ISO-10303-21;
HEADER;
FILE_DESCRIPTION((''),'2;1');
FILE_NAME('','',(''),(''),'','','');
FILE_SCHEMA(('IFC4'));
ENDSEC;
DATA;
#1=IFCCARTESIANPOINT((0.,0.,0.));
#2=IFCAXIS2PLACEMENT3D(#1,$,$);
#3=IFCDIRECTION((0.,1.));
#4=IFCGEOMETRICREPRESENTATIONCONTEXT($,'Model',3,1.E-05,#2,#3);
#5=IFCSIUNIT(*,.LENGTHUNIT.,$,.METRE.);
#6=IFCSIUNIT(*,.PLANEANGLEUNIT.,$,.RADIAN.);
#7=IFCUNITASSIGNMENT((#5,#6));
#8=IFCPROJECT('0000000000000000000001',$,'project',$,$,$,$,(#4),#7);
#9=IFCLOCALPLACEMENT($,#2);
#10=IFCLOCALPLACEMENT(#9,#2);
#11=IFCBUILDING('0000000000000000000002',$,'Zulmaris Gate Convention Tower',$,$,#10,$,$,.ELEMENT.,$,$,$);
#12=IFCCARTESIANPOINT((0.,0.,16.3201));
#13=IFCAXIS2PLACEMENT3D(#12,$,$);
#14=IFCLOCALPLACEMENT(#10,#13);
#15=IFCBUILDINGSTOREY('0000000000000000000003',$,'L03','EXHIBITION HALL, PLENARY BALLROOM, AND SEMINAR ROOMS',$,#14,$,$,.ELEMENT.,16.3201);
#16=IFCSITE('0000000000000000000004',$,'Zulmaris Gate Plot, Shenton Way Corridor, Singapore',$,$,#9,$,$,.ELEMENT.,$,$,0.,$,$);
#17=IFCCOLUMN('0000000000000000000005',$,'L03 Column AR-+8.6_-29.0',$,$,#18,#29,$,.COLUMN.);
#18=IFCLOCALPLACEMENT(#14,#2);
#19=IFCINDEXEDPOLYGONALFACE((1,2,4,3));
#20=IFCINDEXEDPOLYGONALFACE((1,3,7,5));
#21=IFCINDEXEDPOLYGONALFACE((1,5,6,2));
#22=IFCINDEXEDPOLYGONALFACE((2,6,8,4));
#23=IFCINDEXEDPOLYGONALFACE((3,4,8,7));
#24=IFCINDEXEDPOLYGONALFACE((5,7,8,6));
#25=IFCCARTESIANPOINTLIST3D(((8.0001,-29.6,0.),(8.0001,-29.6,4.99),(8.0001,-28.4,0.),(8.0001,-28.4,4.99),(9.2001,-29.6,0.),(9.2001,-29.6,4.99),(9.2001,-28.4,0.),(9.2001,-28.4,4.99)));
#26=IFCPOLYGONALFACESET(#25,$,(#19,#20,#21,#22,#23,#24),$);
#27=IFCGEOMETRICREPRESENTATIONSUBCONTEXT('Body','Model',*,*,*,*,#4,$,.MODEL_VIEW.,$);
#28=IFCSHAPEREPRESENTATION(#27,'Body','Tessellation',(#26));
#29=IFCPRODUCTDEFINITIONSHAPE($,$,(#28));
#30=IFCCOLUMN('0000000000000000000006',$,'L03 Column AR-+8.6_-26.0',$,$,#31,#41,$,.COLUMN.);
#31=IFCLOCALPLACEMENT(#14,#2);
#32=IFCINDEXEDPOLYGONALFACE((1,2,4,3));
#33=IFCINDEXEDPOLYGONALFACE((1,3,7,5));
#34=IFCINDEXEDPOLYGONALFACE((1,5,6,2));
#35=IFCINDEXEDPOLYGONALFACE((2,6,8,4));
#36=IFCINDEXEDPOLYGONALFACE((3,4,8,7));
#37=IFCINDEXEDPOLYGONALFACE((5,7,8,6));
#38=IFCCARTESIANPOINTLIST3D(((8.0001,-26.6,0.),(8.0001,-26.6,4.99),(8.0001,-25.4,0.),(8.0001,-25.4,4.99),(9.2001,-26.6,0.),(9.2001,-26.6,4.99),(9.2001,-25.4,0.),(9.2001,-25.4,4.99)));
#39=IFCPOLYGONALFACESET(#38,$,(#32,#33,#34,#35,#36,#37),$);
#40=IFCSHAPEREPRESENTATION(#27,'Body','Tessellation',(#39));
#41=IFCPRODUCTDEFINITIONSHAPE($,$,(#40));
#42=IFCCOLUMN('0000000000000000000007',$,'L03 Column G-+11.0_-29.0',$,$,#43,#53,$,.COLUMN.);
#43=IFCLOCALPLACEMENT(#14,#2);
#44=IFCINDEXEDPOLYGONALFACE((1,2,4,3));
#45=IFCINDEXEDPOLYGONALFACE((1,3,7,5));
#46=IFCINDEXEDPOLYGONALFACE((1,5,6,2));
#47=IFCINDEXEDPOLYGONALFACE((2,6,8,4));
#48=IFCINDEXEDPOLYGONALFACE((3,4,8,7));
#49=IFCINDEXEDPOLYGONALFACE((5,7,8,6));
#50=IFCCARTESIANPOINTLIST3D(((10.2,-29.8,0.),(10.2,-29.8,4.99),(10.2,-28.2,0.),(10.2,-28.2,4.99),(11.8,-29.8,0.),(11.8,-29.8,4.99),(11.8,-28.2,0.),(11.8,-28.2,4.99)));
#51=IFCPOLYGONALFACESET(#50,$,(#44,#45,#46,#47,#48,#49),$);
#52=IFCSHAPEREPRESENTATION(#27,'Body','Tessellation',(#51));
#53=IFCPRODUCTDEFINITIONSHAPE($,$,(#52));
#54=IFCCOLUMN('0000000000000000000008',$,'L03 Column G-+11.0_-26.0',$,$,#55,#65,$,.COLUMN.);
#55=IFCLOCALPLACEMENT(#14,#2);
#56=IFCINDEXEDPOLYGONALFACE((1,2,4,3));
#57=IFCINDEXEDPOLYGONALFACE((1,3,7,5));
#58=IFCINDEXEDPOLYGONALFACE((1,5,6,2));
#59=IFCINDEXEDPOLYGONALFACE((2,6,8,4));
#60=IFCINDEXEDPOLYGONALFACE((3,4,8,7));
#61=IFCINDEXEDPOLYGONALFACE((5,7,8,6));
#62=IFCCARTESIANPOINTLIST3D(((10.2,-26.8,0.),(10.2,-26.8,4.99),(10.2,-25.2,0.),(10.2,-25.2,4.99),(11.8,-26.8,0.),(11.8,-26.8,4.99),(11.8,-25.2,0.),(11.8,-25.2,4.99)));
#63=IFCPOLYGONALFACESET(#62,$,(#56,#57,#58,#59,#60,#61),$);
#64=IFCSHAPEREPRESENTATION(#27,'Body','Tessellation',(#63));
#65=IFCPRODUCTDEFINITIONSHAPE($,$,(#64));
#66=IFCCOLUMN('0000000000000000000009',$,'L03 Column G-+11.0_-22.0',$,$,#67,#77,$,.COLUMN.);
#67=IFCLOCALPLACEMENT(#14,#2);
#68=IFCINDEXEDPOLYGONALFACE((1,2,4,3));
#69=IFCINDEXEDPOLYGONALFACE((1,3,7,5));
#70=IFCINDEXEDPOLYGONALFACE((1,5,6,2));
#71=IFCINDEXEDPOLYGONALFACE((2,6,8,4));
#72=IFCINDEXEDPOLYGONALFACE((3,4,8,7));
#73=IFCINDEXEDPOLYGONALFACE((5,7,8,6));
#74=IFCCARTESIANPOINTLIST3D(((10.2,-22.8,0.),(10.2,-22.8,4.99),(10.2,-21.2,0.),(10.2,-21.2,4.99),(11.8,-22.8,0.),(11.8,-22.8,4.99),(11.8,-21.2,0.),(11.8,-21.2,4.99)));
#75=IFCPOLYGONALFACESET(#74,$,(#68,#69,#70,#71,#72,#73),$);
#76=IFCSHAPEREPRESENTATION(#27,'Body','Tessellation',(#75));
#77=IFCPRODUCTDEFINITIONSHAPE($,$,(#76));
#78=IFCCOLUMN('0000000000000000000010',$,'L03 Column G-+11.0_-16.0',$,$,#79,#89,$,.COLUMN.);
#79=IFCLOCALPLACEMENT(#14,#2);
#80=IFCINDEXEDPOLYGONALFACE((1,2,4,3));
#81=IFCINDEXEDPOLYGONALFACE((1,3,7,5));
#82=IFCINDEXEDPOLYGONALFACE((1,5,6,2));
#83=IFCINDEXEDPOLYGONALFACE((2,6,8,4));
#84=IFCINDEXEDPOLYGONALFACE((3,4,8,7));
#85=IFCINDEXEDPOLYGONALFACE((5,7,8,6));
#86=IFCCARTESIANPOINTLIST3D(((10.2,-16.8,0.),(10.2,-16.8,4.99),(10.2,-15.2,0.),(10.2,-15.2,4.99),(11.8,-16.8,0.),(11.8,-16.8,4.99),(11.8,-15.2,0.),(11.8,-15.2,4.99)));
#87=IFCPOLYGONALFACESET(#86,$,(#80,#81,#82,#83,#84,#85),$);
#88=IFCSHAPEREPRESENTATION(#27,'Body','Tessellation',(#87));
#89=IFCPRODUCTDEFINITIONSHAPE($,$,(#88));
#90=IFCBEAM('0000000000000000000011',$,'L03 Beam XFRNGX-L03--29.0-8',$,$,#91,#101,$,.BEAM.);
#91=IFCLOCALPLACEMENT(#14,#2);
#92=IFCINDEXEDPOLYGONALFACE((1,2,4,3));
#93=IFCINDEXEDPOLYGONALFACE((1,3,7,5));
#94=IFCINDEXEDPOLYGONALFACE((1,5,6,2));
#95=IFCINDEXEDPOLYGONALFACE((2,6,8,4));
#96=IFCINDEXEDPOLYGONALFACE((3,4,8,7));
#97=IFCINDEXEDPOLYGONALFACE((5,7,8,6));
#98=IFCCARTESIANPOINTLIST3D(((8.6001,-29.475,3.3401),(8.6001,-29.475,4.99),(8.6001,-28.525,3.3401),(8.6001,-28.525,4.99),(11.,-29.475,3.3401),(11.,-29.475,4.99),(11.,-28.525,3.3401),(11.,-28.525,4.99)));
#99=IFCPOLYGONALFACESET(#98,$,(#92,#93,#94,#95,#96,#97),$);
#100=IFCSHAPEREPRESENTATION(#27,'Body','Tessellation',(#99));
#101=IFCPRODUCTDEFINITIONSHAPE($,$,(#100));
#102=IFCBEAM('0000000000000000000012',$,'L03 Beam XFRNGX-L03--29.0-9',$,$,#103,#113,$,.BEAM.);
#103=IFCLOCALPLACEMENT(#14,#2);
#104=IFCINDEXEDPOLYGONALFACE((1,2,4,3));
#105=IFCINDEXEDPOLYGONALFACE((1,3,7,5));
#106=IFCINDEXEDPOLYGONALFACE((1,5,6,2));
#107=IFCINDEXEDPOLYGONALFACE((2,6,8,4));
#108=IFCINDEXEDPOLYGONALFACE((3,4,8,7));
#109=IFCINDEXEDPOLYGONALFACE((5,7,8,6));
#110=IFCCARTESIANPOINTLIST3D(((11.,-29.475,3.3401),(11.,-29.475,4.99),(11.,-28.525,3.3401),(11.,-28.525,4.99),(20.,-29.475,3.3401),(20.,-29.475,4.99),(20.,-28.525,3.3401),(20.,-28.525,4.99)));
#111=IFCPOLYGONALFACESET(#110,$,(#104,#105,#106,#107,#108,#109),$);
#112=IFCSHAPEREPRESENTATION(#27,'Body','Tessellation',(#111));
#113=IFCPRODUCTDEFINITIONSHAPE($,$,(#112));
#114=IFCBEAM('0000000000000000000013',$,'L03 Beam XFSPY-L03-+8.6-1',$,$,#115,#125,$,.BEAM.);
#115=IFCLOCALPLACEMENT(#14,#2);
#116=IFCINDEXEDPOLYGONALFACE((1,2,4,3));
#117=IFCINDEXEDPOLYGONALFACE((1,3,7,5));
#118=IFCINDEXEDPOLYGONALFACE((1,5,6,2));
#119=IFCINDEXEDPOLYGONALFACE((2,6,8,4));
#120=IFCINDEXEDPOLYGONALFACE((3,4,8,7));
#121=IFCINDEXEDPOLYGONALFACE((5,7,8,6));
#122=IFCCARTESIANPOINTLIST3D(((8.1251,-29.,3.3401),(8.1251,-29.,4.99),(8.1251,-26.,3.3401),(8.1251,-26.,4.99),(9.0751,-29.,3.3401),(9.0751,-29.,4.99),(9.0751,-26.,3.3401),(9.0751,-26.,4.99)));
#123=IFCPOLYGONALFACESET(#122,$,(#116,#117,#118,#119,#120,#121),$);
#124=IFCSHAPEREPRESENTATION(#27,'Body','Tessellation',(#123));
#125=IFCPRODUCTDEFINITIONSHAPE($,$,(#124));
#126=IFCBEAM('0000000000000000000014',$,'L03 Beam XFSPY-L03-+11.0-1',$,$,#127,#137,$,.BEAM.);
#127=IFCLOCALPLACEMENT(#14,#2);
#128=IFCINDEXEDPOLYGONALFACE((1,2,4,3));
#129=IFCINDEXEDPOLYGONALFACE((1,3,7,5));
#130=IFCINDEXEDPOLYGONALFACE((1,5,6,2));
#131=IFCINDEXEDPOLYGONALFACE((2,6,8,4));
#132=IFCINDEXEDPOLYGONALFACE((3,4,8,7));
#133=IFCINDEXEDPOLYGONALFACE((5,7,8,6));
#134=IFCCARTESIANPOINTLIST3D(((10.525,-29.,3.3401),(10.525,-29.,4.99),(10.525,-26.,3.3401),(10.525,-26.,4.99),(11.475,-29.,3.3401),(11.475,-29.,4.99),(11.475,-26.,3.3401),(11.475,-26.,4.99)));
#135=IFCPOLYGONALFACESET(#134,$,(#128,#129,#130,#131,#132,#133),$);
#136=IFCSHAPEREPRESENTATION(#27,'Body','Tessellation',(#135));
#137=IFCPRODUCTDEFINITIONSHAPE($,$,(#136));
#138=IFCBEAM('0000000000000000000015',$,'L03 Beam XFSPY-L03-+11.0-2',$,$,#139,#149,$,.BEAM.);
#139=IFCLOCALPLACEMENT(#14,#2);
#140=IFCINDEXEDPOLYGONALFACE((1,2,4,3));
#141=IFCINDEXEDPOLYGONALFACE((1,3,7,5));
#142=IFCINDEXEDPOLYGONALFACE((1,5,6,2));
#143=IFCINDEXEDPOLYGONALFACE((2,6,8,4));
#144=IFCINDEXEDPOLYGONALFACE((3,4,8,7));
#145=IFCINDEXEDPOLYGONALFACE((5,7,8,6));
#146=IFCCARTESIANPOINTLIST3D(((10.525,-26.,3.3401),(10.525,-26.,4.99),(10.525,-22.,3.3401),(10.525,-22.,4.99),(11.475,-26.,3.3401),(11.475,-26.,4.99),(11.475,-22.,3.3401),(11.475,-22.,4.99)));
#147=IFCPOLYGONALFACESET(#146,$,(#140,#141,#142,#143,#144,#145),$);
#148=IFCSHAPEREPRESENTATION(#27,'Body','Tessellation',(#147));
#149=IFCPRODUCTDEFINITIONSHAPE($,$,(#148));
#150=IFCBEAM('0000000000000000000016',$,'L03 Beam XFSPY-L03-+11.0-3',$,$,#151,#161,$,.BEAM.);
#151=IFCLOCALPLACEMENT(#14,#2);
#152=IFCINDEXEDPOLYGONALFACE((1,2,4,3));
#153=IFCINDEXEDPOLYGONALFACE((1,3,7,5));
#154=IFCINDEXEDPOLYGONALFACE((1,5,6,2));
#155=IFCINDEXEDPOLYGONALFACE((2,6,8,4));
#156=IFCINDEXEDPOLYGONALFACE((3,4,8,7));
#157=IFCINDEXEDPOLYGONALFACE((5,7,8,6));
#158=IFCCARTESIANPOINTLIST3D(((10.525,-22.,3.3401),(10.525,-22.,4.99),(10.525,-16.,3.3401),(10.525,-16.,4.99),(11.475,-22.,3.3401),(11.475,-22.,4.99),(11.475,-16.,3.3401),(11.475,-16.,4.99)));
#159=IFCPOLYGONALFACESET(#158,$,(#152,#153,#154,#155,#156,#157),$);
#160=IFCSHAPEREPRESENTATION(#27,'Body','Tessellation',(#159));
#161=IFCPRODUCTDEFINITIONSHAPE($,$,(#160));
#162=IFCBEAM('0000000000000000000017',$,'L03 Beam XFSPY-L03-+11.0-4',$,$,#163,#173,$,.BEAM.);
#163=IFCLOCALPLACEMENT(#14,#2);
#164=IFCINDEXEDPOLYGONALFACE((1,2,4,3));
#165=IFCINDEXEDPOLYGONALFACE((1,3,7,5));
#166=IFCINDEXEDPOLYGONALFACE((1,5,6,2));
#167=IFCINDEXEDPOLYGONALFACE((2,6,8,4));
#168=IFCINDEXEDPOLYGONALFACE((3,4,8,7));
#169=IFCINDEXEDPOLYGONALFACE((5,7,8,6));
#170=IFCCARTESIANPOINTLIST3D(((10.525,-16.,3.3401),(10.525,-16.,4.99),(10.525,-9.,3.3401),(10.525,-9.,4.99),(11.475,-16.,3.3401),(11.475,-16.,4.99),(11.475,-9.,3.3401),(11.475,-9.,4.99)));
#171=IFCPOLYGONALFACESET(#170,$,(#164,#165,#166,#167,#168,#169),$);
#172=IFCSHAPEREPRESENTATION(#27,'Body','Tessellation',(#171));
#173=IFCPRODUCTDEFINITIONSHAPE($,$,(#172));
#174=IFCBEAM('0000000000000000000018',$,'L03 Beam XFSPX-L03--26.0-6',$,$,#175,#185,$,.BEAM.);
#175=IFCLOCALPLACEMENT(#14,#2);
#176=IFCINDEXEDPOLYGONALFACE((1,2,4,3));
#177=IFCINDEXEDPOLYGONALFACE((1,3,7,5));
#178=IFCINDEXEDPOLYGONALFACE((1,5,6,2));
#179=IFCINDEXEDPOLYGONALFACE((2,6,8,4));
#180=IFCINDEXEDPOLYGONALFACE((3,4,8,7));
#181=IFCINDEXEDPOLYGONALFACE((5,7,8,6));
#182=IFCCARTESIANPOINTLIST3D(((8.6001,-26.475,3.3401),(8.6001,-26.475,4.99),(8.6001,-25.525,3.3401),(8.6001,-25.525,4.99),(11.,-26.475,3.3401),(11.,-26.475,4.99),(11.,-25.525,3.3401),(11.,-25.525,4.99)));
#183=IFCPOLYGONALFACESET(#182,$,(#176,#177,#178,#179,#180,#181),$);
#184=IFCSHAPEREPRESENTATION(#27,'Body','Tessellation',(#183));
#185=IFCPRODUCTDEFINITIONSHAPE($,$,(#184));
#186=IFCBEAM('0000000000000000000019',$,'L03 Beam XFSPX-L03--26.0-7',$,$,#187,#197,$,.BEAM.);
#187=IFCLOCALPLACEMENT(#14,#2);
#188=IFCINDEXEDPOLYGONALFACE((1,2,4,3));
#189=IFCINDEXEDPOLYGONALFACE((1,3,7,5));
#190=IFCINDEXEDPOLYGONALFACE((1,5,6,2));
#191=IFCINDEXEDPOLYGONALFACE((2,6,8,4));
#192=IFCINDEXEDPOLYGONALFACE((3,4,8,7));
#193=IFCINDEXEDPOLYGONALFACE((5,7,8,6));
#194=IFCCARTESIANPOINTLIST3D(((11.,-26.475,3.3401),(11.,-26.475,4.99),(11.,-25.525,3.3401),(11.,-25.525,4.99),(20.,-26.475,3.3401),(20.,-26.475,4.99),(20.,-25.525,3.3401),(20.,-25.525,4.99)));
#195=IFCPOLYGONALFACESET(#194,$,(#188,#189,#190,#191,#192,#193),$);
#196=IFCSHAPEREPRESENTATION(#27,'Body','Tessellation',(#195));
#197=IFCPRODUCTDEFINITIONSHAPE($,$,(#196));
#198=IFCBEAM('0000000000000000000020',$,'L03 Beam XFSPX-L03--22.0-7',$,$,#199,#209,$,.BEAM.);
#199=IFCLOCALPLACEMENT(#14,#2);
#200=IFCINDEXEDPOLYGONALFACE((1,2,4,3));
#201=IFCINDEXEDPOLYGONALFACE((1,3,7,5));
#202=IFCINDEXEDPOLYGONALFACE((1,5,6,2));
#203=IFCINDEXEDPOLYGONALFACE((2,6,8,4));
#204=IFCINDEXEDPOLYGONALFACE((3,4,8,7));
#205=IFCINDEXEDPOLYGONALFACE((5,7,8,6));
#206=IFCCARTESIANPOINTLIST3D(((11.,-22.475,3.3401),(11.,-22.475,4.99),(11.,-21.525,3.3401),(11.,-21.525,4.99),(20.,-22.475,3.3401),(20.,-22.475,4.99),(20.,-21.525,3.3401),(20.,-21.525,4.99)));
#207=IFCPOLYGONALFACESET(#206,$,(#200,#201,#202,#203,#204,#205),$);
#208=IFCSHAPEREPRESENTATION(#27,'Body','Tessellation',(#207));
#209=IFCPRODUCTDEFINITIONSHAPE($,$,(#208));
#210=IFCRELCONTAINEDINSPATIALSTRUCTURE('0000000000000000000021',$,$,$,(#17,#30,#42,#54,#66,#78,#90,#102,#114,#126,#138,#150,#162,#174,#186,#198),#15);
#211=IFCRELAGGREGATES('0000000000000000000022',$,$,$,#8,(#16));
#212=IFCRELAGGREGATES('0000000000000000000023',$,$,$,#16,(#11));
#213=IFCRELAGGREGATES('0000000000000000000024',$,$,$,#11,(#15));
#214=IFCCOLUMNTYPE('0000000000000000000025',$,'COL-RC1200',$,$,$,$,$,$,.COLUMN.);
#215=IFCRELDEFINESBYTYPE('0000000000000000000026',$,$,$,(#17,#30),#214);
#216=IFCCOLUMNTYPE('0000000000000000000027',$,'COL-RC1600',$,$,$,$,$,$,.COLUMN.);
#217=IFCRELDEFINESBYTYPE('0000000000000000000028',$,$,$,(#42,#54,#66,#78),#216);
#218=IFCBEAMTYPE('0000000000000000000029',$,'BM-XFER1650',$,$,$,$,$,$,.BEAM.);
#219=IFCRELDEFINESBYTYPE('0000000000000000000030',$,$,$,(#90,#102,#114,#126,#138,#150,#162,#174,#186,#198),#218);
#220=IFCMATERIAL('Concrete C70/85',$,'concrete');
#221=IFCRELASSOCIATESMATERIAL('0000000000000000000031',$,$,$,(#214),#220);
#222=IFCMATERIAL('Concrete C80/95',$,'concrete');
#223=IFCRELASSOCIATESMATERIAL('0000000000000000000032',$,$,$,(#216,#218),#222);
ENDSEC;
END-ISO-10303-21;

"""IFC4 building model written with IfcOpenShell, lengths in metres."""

from ifc_helpers import new_model, si_unit, direction, frame, origin, origin_2d, place, context, subcontext, project, spatial, rectangle, extrude, material, material_profile, profile_set, type_object, element, save


model = new_model("IFC4")

# Units and contexts
model_context = context("Model", 3, precision=1e-05, world=origin(), true_north=direction((0.0, 1.0)))
body_context = subcontext(model_context, "Body", "Model", "MODEL_VIEW")
ifc_project = project(units=[si_unit("LENGTHUNIT", "METRE"), si_unit("PLANEANGLEUNIT", "RADIAN")], contexts=[model_context])

# Site, building, storey
site_placement = place(None, origin())
site = spatial("IfcSite", under=ifc_project, at=site_placement, Name="Zulmaris Gate Plot, Shenton Way Corridor, Singapore", CompositionType="ELEMENT", RefElevation=0.0)
building_placement = place(site_placement, origin())
building = spatial("IfcBuilding", under=site, at=building_placement, Name="Zulmaris Gate Convention Tower", CompositionType="ELEMENT")
storey_placement = place(building_placement, frame((0.0, 0.0, 16.3201)))
storey = spatial("IfcBuildingStorey", under=building, at=storey_placement, Name="L03", Description="EXHIBITION HALL, PLENARY BALLROOM, AND SEMINAR ROOMS", CompositionType="ELEMENT", Elevation=16.3201)

# Columns
ifc_material_1 = material(Name="Concrete C70/85", Category="concrete")
ifc_material_profile_1 = material_profile(ifc_material_1, rectangle(XDim=1.2, YDim=1.2, at=origin_2d()), Name="RC COL 1200x1200")
ifc_profile_set_1 = profile_set([ifc_material_profile_1], Name="Concrete C70/85")
column_type_1 = type_object("IfcColumnType", Name="COL-RC1200", PredefinedType="COLUMN", material=ifc_profile_set_1)
for number, where, z_axis, x_axis, name in (
    (1, (8.6001, -29.0, 0.0), (0.0, 0.0, 1.0), (1.0, 0.0, 0.0), "L03 Column AR-+8.6_-29.0"),
    (2, (8.6001, -26.0, 0.0), (0.0, 0.0, 1.0), (1.0, 0.0, 0.0), "L03 Column AR-+8.6_-26.0"),
):
    element("IfcColumn", number, at=place(storey_placement, frame(where, z_axis=z_axis, x_axis=x_axis)), inside=storey, type_object=column_type_1, Name=name, PredefinedType="COLUMN", context=body_context, shape_type="SweptSolid", body=[
        extrude(rectangle(XDim=1.2, YDim=1.2, at=origin_2d()), origin(), (0.0, 0.0, 1.0), 4.99),
    ])
ifc_material_2 = material(Name="Concrete C80/95", Category="concrete")
ifc_material_profile_2 = material_profile(ifc_material_2, rectangle(XDim=1.6001, YDim=1.6001, at=origin_2d()), Name="RC COL 1600x1600")
ifc_profile_set_2 = profile_set([ifc_material_profile_2], Name="Concrete C80/95")
column_type_2 = type_object("IfcColumnType", Name="COL-RC1600", PredefinedType="COLUMN", material=ifc_profile_set_2)
for number, where, z_axis, x_axis, name in (
    (3, (11.0, -29.0, 0.0), (0.0, 0.0, 1.0), (1.0, 0.0, 0.0), "L03 Column G-+11.0_-29.0"),
    (4, (11.0, -26.0, 0.0), (0.0, 0.0, 1.0), (1.0, 0.0, 0.0), "L03 Column G-+11.0_-26.0"),
    (5, (11.0, -22.0, 0.0), (0.0, 0.0, 1.0), (1.0, 0.0, 0.0), "L03 Column G-+11.0_-22.0"),
    (6, (11.0, -16.0, 0.0), (0.0, 0.0, 1.0), (1.0, 0.0, 0.0), "L03 Column G-+11.0_-16.0"),
):
    element("IfcColumn", number, at=place(storey_placement, frame(where, z_axis=z_axis, x_axis=x_axis)), inside=storey, type_object=column_type_2, Name=name, PredefinedType="COLUMN", context=body_context, shape_type="SweptSolid", body=[
        extrude(rectangle(XDim=1.6001, YDim=1.6001, at=origin_2d()), origin(), (0.0, 0.0, 1.0), 4.99),
    ])

# Beams
ifc_material_profile_3 = material_profile(ifc_material_2, rectangle(XDim=0.95, YDim=1.6499, at=origin_2d()), Name="RC TRANSFER 950x1650")
ifc_profile_set_3 = profile_set([ifc_material_profile_3], Name="Concrete C80/95")
beam_type_1 = type_object("IfcBeamType", Name="BM-XFER1650", PredefinedType="BEAM", material=ifc_profile_set_3)
beam_1_placement = place(storey_placement, frame((8.6001, -29.0, 4.165), z_axis=(1.0, 0.0, 0.0), x_axis=(0.0, 1.0, 0.0)))
element("IfcBeam", 7, at=beam_1_placement, inside=storey, type_object=beam_type_1, Name="L03 Beam XFRNGX-L03--29.0-8", PredefinedType="BEAM", context=body_context, shape_type="SweptSolid", body=[
    extrude(rectangle(XDim=0.95, YDim=1.6499, at=origin_2d()), origin(), (0.0, 0.0, 1.0), 2.3999),
])
beam_2_placement = place(storey_placement, frame((11.0, -29.0, 4.165), z_axis=(1.0, 0.0, 0.0), x_axis=(0.0, 1.0, 0.0)))
element("IfcBeam", 8, at=beam_2_placement, inside=storey, type_object=beam_type_1, Name="L03 Beam XFRNGX-L03--29.0-9", PredefinedType="BEAM", context=body_context, shape_type="SweptSolid", body=[
    extrude(rectangle(XDim=0.95, YDim=1.6499, at=origin_2d()), origin(), (0.0, 0.0, 1.0), 9.0),
])
for number, where, z_axis, x_axis, name in (
    (9, (8.6001, -29.0, 4.165), (0.0, 1.0, 0.0), (-1.0, 0.0, 0.0), "L03 Beam XFSPY-L03-+8.6-1"),
    (10, (11.0, -29.0, 4.165), (0.0, 1.0, 0.0), (-1.0, 0.0, 0.0), "L03 Beam XFSPY-L03-+11.0-1"),
):
    element("IfcBeam", number, at=place(storey_placement, frame(where, z_axis=z_axis, x_axis=x_axis)), inside=storey, type_object=beam_type_1, Name=name, PredefinedType="BEAM", context=body_context, shape_type="SweptSolid", body=[
        extrude(rectangle(XDim=0.95, YDim=1.6499, at=origin_2d()), origin(), (0.0, 0.0, 1.0), 3.0),
    ])
beam_3_placement = place(storey_placement, frame((11.0, -26.0, 4.165), z_axis=(0.0, 1.0, 0.0), x_axis=(-1.0, 0.0, 0.0)))
element("IfcBeam", 11, at=beam_3_placement, inside=storey, type_object=beam_type_1, Name="L03 Beam XFSPY-L03-+11.0-2", PredefinedType="BEAM", context=body_context, shape_type="SweptSolid", body=[
    extrude(rectangle(XDim=0.95, YDim=1.6499, at=origin_2d()), origin(), (0.0, 0.0, 1.0), 4.0),
])
beam_4_placement = place(storey_placement, frame((11.0, -22.0, 4.165), z_axis=(0.0, 1.0, 0.0), x_axis=(-1.0, 0.0, 0.0)))
element("IfcBeam", 12, at=beam_4_placement, inside=storey, type_object=beam_type_1, Name="L03 Beam XFSPY-L03-+11.0-3", PredefinedType="BEAM", context=body_context, shape_type="SweptSolid", body=[
    extrude(rectangle(XDim=0.95, YDim=1.6499, at=origin_2d()), origin(), (0.0, 0.0, 1.0), 6.0),
])
beam_5_placement = place(storey_placement, frame((11.0, -16.0, 4.165), z_axis=(0.0, 1.0, 0.0), x_axis=(-1.0, 0.0, 0.0)))
element("IfcBeam", 13, at=beam_5_placement, inside=storey, type_object=beam_type_1, Name="L03 Beam XFSPY-L03-+11.0-4", PredefinedType="BEAM", context=body_context, shape_type="SweptSolid", body=[
    extrude(rectangle(XDim=0.95, YDim=1.6499, at=origin_2d()), origin(), (0.0, 0.0, 1.0), 7.0),
])
beam_6_placement = place(storey_placement, frame((8.6001, -26.0, 4.165), z_axis=(1.0, 0.0, 0.0), x_axis=(0.0, 1.0, 0.0)))
element("IfcBeam", 14, at=beam_6_placement, inside=storey, type_object=beam_type_1, Name="L03 Beam XFSPX-L03--26.0-6", PredefinedType="BEAM", context=body_context, shape_type="SweptSolid", body=[
    extrude(rectangle(XDim=0.95, YDim=1.6499, at=origin_2d()), origin(), (0.0, 0.0, 1.0), 2.3999),
])
for number, where, z_axis, x_axis, name in (
    (15, (11.0, -26.0, 4.165), (1.0, 0.0, 0.0), (0.0, 1.0, 0.0), "L03 Beam XFSPX-L03--26.0-7"),
    (16, (11.0, -22.0, 4.165), (1.0, 0.0, 0.0), (0.0, 1.0, 0.0), "L03 Beam XFSPX-L03--22.0-7"),
):
    element("IfcBeam", number, at=place(storey_placement, frame(where, z_axis=z_axis, x_axis=x_axis)), inside=storey, type_object=beam_type_1, Name=name, PredefinedType="BEAM", context=body_context, shape_type="SweptSolid", body=[
        extrude(rectangle(XDim=0.95, YDim=1.6499, at=origin_2d()), origin(), (0.0, 0.0, 1.0), 9.0),
    ])

save(model, "model.ifc")
